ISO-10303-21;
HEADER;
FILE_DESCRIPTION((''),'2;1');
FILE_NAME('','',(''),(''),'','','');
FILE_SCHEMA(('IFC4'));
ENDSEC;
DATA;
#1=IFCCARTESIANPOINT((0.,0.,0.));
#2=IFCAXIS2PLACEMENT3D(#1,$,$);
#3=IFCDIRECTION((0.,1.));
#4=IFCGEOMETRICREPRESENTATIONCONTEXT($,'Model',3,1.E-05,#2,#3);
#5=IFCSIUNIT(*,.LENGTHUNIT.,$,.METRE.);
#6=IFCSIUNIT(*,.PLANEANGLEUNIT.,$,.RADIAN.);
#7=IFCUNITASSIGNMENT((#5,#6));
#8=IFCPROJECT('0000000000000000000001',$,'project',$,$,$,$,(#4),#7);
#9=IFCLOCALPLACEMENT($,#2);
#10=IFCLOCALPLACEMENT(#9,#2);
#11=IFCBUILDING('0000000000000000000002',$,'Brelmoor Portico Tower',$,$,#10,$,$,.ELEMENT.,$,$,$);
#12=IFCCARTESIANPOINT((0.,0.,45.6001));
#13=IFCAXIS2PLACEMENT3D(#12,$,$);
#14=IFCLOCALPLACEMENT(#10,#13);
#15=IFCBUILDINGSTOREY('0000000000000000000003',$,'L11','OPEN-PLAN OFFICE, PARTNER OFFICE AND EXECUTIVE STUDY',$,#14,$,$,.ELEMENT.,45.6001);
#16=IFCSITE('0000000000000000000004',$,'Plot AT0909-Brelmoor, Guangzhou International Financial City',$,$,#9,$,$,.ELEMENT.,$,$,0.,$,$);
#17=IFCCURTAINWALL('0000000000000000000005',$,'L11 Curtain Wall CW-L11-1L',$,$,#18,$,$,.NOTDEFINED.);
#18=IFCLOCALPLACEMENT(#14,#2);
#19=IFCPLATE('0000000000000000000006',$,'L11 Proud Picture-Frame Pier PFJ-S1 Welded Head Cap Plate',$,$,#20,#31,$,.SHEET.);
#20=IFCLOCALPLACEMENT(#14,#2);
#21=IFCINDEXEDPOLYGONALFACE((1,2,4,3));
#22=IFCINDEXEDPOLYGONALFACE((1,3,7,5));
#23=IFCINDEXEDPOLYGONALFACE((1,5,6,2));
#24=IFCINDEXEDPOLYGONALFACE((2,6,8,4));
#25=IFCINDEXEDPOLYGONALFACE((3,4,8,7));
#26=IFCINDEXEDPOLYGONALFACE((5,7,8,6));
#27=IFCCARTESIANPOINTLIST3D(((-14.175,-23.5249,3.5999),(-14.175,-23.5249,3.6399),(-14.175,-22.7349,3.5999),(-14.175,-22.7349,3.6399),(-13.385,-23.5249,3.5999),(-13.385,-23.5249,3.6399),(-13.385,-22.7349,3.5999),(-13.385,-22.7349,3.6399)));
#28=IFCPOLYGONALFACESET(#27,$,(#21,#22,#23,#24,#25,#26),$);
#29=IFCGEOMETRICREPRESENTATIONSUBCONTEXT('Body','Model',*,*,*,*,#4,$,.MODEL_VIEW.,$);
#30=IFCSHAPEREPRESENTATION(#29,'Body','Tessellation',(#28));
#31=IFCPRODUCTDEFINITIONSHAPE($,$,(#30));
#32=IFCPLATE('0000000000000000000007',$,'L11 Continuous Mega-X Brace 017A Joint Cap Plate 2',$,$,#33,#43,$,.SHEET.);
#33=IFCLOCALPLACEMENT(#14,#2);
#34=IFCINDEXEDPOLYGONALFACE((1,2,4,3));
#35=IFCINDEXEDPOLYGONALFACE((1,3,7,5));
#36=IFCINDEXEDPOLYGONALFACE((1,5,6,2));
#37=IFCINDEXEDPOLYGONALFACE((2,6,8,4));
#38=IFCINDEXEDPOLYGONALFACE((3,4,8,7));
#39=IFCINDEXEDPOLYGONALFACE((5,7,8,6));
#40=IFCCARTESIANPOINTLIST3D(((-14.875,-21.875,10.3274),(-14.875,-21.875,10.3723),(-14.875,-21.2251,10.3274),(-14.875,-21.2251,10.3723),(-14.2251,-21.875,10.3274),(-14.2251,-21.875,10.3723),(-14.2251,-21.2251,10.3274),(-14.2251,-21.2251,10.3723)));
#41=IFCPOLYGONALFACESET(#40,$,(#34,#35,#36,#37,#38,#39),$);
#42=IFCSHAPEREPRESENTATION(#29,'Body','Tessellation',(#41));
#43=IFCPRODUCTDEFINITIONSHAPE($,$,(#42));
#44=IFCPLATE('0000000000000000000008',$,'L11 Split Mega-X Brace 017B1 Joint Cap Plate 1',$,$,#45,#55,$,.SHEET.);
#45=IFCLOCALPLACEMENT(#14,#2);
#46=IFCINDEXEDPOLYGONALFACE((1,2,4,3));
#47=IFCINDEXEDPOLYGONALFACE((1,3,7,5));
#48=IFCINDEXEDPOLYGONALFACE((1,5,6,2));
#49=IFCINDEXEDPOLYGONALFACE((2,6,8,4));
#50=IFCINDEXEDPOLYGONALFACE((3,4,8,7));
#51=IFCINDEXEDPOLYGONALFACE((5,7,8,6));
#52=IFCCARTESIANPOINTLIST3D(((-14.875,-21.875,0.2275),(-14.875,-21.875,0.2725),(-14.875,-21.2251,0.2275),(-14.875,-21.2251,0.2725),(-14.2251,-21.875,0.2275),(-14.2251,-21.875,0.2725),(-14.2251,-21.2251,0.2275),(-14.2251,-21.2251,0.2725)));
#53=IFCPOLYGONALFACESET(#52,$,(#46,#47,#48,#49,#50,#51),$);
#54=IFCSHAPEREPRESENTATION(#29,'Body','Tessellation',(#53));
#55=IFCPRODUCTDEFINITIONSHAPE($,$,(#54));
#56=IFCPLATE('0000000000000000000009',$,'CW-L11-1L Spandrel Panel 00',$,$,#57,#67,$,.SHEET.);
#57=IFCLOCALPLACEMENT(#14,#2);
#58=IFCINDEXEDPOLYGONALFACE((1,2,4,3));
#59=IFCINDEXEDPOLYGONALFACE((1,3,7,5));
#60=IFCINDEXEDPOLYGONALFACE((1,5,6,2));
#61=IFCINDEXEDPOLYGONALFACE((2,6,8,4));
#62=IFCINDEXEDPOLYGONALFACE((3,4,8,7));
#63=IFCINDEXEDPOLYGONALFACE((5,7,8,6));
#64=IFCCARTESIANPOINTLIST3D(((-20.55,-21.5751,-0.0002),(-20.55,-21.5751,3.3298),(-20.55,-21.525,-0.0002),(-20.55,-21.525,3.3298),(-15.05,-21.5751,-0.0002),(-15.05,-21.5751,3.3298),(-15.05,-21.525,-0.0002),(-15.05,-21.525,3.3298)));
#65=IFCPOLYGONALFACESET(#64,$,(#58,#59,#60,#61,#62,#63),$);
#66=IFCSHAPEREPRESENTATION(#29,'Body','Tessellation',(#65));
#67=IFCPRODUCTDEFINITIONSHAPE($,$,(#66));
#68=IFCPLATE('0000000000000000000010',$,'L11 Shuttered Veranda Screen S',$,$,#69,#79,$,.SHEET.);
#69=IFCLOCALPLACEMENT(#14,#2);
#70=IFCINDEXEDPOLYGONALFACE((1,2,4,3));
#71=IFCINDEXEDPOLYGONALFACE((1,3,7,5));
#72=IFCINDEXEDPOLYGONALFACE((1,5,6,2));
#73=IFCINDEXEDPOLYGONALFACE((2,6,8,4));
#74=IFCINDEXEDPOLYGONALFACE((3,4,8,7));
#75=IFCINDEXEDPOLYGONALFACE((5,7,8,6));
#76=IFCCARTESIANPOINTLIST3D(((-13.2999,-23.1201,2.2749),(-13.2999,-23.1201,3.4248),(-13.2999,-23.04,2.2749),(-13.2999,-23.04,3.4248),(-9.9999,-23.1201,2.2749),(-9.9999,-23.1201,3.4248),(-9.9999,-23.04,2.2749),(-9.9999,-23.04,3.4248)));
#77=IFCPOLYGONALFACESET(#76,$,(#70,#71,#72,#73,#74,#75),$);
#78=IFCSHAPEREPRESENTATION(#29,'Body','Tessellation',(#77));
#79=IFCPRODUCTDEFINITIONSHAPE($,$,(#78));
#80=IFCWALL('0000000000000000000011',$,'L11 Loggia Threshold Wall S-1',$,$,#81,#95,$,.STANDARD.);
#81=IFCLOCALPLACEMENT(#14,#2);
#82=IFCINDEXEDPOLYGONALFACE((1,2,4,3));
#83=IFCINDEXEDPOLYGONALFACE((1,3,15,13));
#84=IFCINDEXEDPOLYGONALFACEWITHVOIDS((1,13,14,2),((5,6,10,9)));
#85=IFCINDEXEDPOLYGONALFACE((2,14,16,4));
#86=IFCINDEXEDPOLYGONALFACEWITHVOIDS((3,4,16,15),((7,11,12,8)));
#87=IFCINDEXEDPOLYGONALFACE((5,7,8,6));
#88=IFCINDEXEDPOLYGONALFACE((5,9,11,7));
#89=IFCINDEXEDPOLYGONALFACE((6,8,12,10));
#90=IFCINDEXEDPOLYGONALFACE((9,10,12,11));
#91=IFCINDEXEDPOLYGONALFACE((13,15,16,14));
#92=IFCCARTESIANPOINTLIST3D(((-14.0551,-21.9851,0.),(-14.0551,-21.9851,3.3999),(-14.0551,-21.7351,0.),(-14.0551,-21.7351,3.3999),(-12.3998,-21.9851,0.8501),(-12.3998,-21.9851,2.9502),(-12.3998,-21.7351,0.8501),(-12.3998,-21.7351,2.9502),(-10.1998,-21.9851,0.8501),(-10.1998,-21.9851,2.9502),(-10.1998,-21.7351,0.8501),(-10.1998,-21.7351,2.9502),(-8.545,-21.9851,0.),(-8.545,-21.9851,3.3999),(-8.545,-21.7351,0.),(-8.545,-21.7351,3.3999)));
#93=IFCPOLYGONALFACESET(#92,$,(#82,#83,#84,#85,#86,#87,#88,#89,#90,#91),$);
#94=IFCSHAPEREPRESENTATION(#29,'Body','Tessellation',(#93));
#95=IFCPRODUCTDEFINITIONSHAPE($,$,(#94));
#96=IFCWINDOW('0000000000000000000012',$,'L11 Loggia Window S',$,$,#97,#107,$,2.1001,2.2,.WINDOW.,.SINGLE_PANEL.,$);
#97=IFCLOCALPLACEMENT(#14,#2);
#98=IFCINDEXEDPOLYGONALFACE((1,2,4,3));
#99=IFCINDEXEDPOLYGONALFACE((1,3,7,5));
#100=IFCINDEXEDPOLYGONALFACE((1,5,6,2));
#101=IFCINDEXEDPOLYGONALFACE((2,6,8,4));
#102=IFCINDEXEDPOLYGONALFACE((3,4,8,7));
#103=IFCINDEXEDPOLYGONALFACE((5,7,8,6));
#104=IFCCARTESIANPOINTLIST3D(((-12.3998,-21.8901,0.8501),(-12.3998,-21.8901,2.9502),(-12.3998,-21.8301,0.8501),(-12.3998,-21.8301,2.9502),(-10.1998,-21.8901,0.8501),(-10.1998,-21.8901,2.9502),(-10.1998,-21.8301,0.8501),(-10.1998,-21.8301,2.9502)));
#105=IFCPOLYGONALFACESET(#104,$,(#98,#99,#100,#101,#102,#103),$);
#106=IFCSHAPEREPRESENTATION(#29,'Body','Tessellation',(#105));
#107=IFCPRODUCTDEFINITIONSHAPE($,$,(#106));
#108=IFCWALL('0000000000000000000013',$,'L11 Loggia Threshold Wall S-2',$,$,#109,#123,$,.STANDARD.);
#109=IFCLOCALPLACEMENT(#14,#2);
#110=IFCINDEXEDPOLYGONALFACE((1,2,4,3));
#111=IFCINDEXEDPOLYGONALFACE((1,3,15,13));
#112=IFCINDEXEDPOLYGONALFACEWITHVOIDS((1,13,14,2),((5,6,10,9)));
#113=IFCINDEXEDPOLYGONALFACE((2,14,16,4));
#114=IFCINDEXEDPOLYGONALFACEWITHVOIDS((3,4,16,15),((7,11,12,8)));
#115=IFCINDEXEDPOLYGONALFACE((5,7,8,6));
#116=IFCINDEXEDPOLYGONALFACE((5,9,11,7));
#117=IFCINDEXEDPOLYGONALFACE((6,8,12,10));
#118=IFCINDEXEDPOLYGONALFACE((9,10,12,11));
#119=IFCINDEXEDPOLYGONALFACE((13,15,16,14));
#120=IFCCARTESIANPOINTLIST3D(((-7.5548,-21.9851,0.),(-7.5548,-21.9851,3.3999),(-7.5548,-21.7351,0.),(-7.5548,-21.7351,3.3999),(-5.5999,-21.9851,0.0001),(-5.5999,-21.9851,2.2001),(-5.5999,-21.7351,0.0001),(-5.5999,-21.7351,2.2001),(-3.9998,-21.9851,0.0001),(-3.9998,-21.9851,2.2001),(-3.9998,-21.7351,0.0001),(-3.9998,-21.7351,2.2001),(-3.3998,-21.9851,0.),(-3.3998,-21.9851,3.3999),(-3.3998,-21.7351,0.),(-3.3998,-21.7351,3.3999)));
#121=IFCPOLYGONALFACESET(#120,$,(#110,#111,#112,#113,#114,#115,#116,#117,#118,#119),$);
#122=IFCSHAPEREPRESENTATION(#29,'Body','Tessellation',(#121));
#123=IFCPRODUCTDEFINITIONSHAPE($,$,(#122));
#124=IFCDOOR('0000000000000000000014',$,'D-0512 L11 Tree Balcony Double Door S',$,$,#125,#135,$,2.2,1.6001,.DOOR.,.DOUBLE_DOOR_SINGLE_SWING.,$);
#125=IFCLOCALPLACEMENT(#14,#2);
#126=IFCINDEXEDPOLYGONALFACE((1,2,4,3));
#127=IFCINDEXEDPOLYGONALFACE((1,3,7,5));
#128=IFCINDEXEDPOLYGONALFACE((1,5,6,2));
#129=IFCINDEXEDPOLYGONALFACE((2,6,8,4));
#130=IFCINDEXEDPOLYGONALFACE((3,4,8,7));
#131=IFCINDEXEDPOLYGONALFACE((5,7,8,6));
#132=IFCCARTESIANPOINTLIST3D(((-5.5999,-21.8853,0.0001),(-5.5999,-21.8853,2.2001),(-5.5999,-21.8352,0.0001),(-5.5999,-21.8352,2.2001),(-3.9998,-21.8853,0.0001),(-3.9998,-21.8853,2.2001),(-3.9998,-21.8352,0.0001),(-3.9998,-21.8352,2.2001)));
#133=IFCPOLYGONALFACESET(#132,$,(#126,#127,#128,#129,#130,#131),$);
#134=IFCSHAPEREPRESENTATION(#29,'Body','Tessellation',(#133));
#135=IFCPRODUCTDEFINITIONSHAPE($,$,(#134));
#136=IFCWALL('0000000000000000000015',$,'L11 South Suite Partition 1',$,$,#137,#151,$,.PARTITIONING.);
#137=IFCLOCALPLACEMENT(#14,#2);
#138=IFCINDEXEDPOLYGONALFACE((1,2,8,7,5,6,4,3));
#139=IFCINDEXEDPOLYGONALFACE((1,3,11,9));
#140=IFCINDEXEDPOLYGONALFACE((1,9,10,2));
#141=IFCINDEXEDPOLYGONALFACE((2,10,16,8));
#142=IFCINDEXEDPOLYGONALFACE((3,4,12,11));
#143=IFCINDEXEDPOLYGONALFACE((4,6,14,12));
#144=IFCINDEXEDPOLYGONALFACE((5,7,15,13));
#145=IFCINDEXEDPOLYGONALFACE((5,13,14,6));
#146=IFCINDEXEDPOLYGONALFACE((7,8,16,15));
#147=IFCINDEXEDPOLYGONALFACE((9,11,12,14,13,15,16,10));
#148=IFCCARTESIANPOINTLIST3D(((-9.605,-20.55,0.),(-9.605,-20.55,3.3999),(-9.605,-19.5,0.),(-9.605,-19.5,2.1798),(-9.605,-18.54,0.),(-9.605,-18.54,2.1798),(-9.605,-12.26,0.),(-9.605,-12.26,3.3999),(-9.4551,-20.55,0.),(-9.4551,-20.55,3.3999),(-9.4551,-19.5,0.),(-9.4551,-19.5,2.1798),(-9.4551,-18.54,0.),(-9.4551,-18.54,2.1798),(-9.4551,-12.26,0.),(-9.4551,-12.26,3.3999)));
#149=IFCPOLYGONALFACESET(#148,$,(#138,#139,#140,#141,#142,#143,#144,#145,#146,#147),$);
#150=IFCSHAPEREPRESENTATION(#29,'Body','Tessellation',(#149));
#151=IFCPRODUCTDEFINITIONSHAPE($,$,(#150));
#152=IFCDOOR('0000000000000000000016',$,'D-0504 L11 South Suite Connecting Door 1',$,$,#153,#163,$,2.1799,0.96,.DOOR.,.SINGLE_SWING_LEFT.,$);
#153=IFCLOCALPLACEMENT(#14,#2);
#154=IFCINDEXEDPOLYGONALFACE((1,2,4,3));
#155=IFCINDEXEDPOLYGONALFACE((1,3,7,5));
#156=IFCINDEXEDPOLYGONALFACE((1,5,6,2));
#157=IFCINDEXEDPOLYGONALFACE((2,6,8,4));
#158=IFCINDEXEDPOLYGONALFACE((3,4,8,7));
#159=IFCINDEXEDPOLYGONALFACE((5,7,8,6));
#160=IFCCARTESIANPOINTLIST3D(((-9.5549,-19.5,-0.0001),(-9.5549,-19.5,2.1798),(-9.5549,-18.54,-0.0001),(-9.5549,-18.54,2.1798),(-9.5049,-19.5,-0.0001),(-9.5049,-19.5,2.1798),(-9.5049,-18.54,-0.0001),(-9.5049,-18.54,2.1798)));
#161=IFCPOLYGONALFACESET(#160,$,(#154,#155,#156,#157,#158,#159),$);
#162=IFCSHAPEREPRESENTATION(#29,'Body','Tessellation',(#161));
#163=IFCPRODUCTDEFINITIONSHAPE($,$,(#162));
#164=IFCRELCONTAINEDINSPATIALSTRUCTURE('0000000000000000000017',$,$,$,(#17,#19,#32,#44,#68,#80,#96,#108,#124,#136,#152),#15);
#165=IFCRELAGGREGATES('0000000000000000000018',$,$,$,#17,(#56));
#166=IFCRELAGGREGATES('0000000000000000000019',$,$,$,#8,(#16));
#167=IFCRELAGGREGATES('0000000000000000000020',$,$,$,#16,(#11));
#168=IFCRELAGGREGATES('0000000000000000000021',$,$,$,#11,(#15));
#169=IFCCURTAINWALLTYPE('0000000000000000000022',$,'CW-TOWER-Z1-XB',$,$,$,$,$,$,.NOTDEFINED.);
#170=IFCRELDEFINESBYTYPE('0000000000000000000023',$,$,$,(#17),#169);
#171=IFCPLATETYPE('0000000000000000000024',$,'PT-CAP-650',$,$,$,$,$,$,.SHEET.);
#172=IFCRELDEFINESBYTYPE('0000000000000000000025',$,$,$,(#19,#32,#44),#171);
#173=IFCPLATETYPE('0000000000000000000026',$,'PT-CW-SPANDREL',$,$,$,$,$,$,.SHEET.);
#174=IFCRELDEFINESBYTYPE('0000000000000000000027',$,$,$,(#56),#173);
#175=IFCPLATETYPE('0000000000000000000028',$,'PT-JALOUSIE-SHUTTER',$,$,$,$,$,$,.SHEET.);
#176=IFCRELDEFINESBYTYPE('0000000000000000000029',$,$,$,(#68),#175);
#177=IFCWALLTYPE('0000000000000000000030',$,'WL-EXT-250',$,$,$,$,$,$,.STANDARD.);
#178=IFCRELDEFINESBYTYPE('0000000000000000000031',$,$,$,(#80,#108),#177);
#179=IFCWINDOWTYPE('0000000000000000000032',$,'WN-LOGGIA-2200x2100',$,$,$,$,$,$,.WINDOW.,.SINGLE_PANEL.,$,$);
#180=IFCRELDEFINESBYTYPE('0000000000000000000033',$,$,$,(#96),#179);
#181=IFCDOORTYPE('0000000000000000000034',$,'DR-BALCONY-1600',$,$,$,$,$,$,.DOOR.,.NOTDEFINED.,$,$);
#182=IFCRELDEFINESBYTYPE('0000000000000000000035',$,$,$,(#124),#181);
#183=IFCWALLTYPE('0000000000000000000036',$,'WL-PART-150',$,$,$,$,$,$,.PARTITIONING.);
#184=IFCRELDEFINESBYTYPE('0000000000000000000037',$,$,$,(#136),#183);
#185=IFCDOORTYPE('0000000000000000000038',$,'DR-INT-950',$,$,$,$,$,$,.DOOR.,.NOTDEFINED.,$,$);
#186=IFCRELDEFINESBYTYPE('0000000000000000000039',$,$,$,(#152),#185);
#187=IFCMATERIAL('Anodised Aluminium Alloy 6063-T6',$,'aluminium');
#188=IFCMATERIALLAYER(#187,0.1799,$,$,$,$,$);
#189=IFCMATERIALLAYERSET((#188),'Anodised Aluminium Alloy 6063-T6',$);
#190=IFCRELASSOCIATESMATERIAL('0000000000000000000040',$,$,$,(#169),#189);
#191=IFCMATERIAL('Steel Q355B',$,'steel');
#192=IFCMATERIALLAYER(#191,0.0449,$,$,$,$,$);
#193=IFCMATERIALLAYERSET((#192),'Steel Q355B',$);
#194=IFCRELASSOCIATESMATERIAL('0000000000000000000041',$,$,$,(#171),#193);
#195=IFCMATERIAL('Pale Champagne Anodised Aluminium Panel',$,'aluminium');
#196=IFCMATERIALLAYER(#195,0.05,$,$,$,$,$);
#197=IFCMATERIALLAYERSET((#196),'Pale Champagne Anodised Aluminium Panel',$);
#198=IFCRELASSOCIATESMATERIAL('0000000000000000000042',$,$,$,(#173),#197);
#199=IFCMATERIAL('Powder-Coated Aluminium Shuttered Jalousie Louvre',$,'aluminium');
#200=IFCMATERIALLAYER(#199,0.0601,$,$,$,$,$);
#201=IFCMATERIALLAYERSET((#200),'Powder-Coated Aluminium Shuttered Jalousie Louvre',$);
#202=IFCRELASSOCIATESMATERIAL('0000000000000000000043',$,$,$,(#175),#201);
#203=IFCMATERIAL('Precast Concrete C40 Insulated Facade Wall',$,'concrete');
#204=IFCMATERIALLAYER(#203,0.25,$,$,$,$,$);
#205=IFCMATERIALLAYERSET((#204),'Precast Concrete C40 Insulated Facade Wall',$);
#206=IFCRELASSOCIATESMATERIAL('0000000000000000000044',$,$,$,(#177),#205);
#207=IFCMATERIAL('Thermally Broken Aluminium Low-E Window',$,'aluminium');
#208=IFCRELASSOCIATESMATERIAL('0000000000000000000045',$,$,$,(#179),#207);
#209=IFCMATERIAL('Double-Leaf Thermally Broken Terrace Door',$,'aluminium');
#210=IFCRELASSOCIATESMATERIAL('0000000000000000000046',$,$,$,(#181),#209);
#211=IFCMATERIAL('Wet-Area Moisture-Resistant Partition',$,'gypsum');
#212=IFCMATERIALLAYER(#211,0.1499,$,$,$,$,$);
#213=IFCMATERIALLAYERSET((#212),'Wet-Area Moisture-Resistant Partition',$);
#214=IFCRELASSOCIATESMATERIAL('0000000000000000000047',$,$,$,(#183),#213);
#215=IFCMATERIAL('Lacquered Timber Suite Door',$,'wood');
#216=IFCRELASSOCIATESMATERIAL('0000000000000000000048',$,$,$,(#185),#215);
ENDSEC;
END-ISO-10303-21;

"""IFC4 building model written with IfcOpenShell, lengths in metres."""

from ifc_helpers import new_model, si_unit, direction, frame, frame_2d, origin, origin_2d, place, context, subcontext, project, spatial, rectangle, extrude, material, layer, layer_set, type_object, element, fill, aggregate, save


model = new_model("IFC4")

# Units and contexts
model_context = context("Model", 3, precision=1e-05, world=origin(), true_north=direction((0.0, 1.0)))
body_context = subcontext(model_context, "Body", "Model", "MODEL_VIEW")
ifc_project = project(units=[si_unit("LENGTHUNIT", "METRE"), si_unit("PLANEANGLEUNIT", "RADIAN")], contexts=[model_context])

# Site, building, storey
site_placement = place(None, origin())
site = spatial("IfcSite", under=ifc_project, at=site_placement, Name="Plot AT0909-Brelmoor, Guangzhou International Financial City", CompositionType="ELEMENT", RefElevation=0.0)
building_placement = place(site_placement, origin())
building = spatial("IfcBuilding", under=site, at=building_placement, Name="Brelmoor Portico Tower", CompositionType="ELEMENT")
storey_placement = place(building_placement, frame((0.0, 0.0, 45.6001)))
storey = spatial("IfcBuildingStorey", under=building, at=storey_placement, Name="L11", Description="OPEN-PLAN OFFICE, PARTNER OFFICE AND EXECUTIVE STUDY", CompositionType="ELEMENT", Elevation=45.6001)

# Shared definitions
ifc_material_1 = material(Name="Steel Q355B", Category="steel")

# Curtain wall
ifc_material_2 = material(Name="Anodised Aluminium Alloy 6063-T6", Category="aluminium")
ifc_layer_1 = layer(ifc_material_2, 0.1799)
ifc_layer_set_1 = layer_set([ifc_layer_1], Name="Anodised Aluminium Alloy 6063-T6")
curtain_wall_type = type_object("IfcCurtainWallType", Name="CW-TOWER-Z1-XB", PredefinedType="NOTDEFINED", material=ifc_layer_set_1)
curtain_wall_placement = place(storey_placement, origin())
curtain_wall = element("IfcCurtainWall", 1, at=curtain_wall_placement, inside=storey, type_object=curtain_wall_type, Name="L11 Curtain Wall CW-L11-1L", PredefinedType="NOTDEFINED")

# Plates
ifc_layer_2 = layer(ifc_material_1, 0.0449)
ifc_layer_set_2 = layer_set([ifc_layer_2], Name="Steel Q355B")
plate_type_1 = type_object("IfcPlateType", Name="PT-CAP-650", PredefinedType="SHEET", material=ifc_layer_set_2)
plate_1_placement = place(storey_placement, frame((-13.78, -23.1299, 3.5999), z_axis=(0.0, 0.0, 1.0), x_axis=(1.0, 0.0, 0.0)))
element("IfcPlate", 2, at=plate_1_placement, inside=storey, type_object=plate_type_1, Name="L11 Proud Picture-Frame Pier PFJ-S1 Welded Head Cap Plate", PredefinedType="SHEET", context=body_context, shape_type="SweptSolid", body=[
    extrude(rectangle(XDim=0.79, YDim=0.79, at=origin_2d()), origin(), (0.0, 0.0, 1.0), 0.04),
])
for number, where, z_axis, x_axis, name in (
    (3, (-14.55, -21.55, 10.3274), (0.0, 0.0, 1.0), (1.0, 0.0, 0.0), "L11 Continuous Mega-X Brace 017A Joint Cap Plate 2"),
    (4, (-14.55, -21.55, 0.2275), (0.0, 0.0, 1.0), (1.0, 0.0, 0.0), "L11 Split Mega-X Brace 017B1 Joint Cap Plate 1"),
):
    element("IfcPlate", number, at=place(storey_placement, frame(where, z_axis=z_axis, x_axis=x_axis)), inside=storey, type_object=plate_type_1, Name=name, PredefinedType="SHEET", context=body_context, shape_type="SweptSolid", body=[
        extrude(rectangle(XDim=0.6499, YDim=0.6499, at=origin_2d()), origin(), (0.0, 0.0, 1.0), 0.0449),
    ])

# Plates
ifc_material_3 = material(Name="Pale Champagne Anodised Aluminium Panel", Category="aluminium")
ifc_layer_3 = layer(ifc_material_3, 0.05)
ifc_layer_set_3 = layer_set([ifc_layer_3], Name="Pale Champagne Anodised Aluminium Panel")
plate_type_2 = type_object("IfcPlateType", Name="PT-CW-SPANDREL", PredefinedType="SHEET", material=ifc_layer_set_3)
plate_2_placement = place(storey_placement, frame((-17.8, -21.55, -0.0002), z_axis=(0.0, 0.0, 1.0), x_axis=(1.0, 0.0, 0.0)))
plate_2 = element("IfcPlate", 5, at=plate_2_placement, type_object=plate_type_2, Name="CW-L11-1L Spandrel Panel 00", PredefinedType="SHEET", context=body_context, shape_type="SweptSolid", body=[
    extrude(rectangle(XDim=5.5, YDim=0.05, at=origin_2d()), origin(), (0.0, 0.0, 1.0), 3.3301),
])
aggregate(curtain_wall, [plate_2])
ifc_material_4 = material(Name="Powder-Coated Aluminium Shuttered Jalousie Louvre", Category="aluminium")
ifc_layer_4 = layer(ifc_material_4, 0.0601)
ifc_layer_set_4 = layer_set([ifc_layer_4], Name="Powder-Coated Aluminium Shuttered Jalousie Louvre")
plate_type_3 = type_object("IfcPlateType", Name="PT-JALOUSIE-SHUTTER", PredefinedType="SHEET", material=ifc_layer_set_4)
plate_3_placement = place(storey_placement, frame((-11.6499, -23.0801, 2.2749), z_axis=(0.0, 0.0, 1.0), x_axis=(1.0, 0.0, 0.0)))
element("IfcPlate", 6, at=plate_3_placement, inside=storey, type_object=plate_type_3, Name="L11 Shuttered Veranda Screen S", PredefinedType="SHEET", context=body_context, shape_type="SweptSolid", body=[
    extrude(rectangle(XDim=3.3, YDim=0.0801, at=origin_2d()), origin(), (0.0, 0.0, 1.0), 1.1499),
])

# Wall, opening, window
ifc_material_5 = material(Name="Precast Concrete C40 Insulated Facade Wall", Category="concrete")
ifc_layer_5 = layer(ifc_material_5, 0.25)
ifc_layer_set_5 = layer_set([ifc_layer_5], Name="Precast Concrete C40 Insulated Facade Wall")
wall_type_1 = type_object("IfcWallType", Name="WL-EXT-250", PredefinedType="STANDARD", material=ifc_layer_set_5)
wall_1_placement = place(storey_placement, frame((-14.0549, -21.8601, 0.0), z_axis=(0.0, 0.0, 1.0), x_axis=(1.0, 0.0, 0.0)))
wall_1 = element("IfcWall", 7, at=wall_1_placement, inside=storey, type_object=wall_type_1, Name="L11 Loggia Threshold Wall S-1", PredefinedType="STANDARD", context=body_context, shape_type="SweptSolid", body=[
    extrude(rectangle(XDim=5.51, YDim=0.25, at=frame_2d((2.7549, 0.0))), origin(), (0.0, 0.0, 1.0), 3.3999),
])
opening_1_placement = place(wall_1_placement, frame((1.655, 0.0, 0.8501)))
opening_1 = element("IfcOpeningElement", 8, at=opening_1_placement, cuts=wall_1, PredefinedType="OPENING", context=body_context, shape_type="SweptSolid", body=[
    extrude(rectangle(XDim=2.2, YDim=2.1001, at=frame_2d((1.1001, 1.05))), frame((0.0, 0.135, 0.0), z_axis=(0.0, -1.0, 0.0), x_axis=(1.0, 0.0, 0.0)), (0.0, 0.0, 1.0), 0.27),
])
ifc_material_6 = material(Name="Thermally Broken Aluminium Low-E Window", Category="aluminium")
window_type = type_object("IfcWindowType", Name="WN-LOGGIA-2200x2100", PartitioningType="SINGLE_PANEL", PredefinedType="WINDOW", material=ifc_material_6)
window_placement = place(opening_1_placement, origin())
window = element("IfcWindow", 9, at=window_placement, inside=storey, type_object=window_type, Name="L11 Loggia Window S", OverallHeight=2.1001, OverallWidth=2.2, PartitioningType="SINGLE_PANEL", PredefinedType="WINDOW", context=body_context, shape_type="SweptSolid", body=[
    extrude(rectangle(XDim=2.2, YDim=2.1001, at=frame_2d((1.1001, 1.05))), frame((0.0, 0.03, 0.0), z_axis=(0.0, -1.0, 0.0), x_axis=(1.0, 0.0, 0.0)), (0.0, 0.0, 1.0), 0.0601),
])
fill(opening_1, window)

# Walls, openings, doors
wall_2_placement = place(storey_placement, frame((-7.5549, -21.8601, 0.0), z_axis=(0.0, 0.0, 1.0), x_axis=(1.0, 0.0, 0.0)))
wall_2 = element("IfcWall", 10, at=wall_2_placement, inside=storey, type_object=wall_type_1, Name="L11 Loggia Threshold Wall S-2", PredefinedType="STANDARD", context=body_context, shape_type="SweptSolid", body=[
    extrude(rectangle(XDim=4.155, YDim=0.25, at=frame_2d((2.0776, 0.0))), origin(), (0.0, 0.0, 1.0), 3.3999),
])
opening_2_placement = place(wall_2_placement, frame((1.9551, 0.0, 0.0)))
opening_2 = element("IfcOpeningElement", 11, at=opening_2_placement, cuts=wall_2, PredefinedType="OPENING", context=body_context, shape_type="SweptSolid", body=[
    extrude(rectangle(XDim=1.6001, YDim=2.2, at=frame_2d((0.8, 1.1001))), frame((0.0, 0.135, 0.0), z_axis=(0.0, -1.0, 0.0), x_axis=(1.0, 0.0, 0.0)), (0.0, 0.0, 1.0), 0.27),
])
ifc_material_7 = material(Name="Double-Leaf Thermally Broken Terrace Door", Category="aluminium")
door_type_1 = type_object("IfcDoorType", Name="DR-BALCONY-1600", OperationType="NOTDEFINED", PredefinedType="DOOR", material=ifc_material_7)
door_1_placement = place(opening_2_placement, origin())
door_1 = element("IfcDoor", 12, at=door_1_placement, inside=storey, type_object=door_type_1, Name="D-0512 L11 Tree Balcony Double Door S", OperationType="DOUBLE_DOOR_SINGLE_SWING", OverallHeight=2.2, OverallWidth=1.6001, PredefinedType="DOOR", context=body_context, shape_type="SweptSolid", body=[
    extrude(rectangle(XDim=1.6001, YDim=2.2, at=frame_2d((0.8, 1.1001))), frame((0.0, 0.0249, 0.0), z_axis=(0.0, -1.0, 0.0), x_axis=(1.0, 0.0, 0.0)), (0.0, 0.0, 1.0), 0.05),
])
fill(opening_2, door_1)
ifc_material_8 = material(Name="Wet-Area Moisture-Resistant Partition", Category="gypsum")
ifc_layer_6 = layer(ifc_material_8, 0.1499)
ifc_layer_set_6 = layer_set([ifc_layer_6], Name="Wet-Area Moisture-Resistant Partition")
wall_type_2 = type_object("IfcWallType", Name="WL-PART-150", PredefinedType="PARTITIONING", material=ifc_layer_set_6)
wall_3_placement = place(storey_placement, frame((-9.53, -20.55, 0.0), z_axis=(0.0, 0.0, 1.0), x_axis=(0.0, 1.0, 0.0)))
wall_3 = element("IfcWall", 13, at=wall_3_placement, inside=storey, type_object=wall_type_2, Name="L11 South Suite Partition 1", PredefinedType="PARTITIONING", context=body_context, shape_type="SweptSolid", body=[
    extrude(rectangle(XDim=8.29, YDim=0.1499, at=frame_2d((4.145, 0.0))), origin(), (0.0, 0.0, 1.0), 3.3999),
])
opening_3_placement = place(wall_3_placement, frame((1.05, 0.0, 0.0)))
opening_3 = element("IfcOpeningElement", 14, at=opening_3_placement, cuts=wall_3, PredefinedType="OPENING", context=body_context, shape_type="SweptSolid", body=[
    extrude(rectangle(XDim=0.96, YDim=2.1799, at=frame_2d((0.48, 1.0898))), frame((0.0, 0.085, 0.0), z_axis=(0.0, -1.0, 0.0), x_axis=(1.0, 0.0, 0.0)), (0.0, 0.0, 1.0), 0.1699),
])
ifc_material_9 = material(Name="Lacquered Timber Suite Door", Category="wood")
door_type_2 = type_object("IfcDoorType", Name="DR-INT-950", OperationType="NOTDEFINED", PredefinedType="DOOR", material=ifc_material_9)
door_2_placement = place(opening_3_placement, origin())
door_2 = element("IfcDoor", 15, at=door_2_placement, inside=storey, type_object=door_type_2, Name="D-0504 L11 South Suite Connecting Door 1", OperationType="SINGLE_SWING_LEFT", OverallHeight=2.1799, OverallWidth=0.96, PredefinedType="DOOR", context=body_context, shape_type="SweptSolid", body=[
    extrude(rectangle(XDim=0.96, YDim=2.1799, at=frame_2d((0.48, 1.0898))), frame((0.0, 0.0249, 0.0), z_axis=(0.0, -1.0, 0.0), x_axis=(1.0, 0.0, 0.0)), (0.0, 0.0, 1.0), 0.05),
])
fill(opening_3, door_2)

save(model, "model.ifc")
